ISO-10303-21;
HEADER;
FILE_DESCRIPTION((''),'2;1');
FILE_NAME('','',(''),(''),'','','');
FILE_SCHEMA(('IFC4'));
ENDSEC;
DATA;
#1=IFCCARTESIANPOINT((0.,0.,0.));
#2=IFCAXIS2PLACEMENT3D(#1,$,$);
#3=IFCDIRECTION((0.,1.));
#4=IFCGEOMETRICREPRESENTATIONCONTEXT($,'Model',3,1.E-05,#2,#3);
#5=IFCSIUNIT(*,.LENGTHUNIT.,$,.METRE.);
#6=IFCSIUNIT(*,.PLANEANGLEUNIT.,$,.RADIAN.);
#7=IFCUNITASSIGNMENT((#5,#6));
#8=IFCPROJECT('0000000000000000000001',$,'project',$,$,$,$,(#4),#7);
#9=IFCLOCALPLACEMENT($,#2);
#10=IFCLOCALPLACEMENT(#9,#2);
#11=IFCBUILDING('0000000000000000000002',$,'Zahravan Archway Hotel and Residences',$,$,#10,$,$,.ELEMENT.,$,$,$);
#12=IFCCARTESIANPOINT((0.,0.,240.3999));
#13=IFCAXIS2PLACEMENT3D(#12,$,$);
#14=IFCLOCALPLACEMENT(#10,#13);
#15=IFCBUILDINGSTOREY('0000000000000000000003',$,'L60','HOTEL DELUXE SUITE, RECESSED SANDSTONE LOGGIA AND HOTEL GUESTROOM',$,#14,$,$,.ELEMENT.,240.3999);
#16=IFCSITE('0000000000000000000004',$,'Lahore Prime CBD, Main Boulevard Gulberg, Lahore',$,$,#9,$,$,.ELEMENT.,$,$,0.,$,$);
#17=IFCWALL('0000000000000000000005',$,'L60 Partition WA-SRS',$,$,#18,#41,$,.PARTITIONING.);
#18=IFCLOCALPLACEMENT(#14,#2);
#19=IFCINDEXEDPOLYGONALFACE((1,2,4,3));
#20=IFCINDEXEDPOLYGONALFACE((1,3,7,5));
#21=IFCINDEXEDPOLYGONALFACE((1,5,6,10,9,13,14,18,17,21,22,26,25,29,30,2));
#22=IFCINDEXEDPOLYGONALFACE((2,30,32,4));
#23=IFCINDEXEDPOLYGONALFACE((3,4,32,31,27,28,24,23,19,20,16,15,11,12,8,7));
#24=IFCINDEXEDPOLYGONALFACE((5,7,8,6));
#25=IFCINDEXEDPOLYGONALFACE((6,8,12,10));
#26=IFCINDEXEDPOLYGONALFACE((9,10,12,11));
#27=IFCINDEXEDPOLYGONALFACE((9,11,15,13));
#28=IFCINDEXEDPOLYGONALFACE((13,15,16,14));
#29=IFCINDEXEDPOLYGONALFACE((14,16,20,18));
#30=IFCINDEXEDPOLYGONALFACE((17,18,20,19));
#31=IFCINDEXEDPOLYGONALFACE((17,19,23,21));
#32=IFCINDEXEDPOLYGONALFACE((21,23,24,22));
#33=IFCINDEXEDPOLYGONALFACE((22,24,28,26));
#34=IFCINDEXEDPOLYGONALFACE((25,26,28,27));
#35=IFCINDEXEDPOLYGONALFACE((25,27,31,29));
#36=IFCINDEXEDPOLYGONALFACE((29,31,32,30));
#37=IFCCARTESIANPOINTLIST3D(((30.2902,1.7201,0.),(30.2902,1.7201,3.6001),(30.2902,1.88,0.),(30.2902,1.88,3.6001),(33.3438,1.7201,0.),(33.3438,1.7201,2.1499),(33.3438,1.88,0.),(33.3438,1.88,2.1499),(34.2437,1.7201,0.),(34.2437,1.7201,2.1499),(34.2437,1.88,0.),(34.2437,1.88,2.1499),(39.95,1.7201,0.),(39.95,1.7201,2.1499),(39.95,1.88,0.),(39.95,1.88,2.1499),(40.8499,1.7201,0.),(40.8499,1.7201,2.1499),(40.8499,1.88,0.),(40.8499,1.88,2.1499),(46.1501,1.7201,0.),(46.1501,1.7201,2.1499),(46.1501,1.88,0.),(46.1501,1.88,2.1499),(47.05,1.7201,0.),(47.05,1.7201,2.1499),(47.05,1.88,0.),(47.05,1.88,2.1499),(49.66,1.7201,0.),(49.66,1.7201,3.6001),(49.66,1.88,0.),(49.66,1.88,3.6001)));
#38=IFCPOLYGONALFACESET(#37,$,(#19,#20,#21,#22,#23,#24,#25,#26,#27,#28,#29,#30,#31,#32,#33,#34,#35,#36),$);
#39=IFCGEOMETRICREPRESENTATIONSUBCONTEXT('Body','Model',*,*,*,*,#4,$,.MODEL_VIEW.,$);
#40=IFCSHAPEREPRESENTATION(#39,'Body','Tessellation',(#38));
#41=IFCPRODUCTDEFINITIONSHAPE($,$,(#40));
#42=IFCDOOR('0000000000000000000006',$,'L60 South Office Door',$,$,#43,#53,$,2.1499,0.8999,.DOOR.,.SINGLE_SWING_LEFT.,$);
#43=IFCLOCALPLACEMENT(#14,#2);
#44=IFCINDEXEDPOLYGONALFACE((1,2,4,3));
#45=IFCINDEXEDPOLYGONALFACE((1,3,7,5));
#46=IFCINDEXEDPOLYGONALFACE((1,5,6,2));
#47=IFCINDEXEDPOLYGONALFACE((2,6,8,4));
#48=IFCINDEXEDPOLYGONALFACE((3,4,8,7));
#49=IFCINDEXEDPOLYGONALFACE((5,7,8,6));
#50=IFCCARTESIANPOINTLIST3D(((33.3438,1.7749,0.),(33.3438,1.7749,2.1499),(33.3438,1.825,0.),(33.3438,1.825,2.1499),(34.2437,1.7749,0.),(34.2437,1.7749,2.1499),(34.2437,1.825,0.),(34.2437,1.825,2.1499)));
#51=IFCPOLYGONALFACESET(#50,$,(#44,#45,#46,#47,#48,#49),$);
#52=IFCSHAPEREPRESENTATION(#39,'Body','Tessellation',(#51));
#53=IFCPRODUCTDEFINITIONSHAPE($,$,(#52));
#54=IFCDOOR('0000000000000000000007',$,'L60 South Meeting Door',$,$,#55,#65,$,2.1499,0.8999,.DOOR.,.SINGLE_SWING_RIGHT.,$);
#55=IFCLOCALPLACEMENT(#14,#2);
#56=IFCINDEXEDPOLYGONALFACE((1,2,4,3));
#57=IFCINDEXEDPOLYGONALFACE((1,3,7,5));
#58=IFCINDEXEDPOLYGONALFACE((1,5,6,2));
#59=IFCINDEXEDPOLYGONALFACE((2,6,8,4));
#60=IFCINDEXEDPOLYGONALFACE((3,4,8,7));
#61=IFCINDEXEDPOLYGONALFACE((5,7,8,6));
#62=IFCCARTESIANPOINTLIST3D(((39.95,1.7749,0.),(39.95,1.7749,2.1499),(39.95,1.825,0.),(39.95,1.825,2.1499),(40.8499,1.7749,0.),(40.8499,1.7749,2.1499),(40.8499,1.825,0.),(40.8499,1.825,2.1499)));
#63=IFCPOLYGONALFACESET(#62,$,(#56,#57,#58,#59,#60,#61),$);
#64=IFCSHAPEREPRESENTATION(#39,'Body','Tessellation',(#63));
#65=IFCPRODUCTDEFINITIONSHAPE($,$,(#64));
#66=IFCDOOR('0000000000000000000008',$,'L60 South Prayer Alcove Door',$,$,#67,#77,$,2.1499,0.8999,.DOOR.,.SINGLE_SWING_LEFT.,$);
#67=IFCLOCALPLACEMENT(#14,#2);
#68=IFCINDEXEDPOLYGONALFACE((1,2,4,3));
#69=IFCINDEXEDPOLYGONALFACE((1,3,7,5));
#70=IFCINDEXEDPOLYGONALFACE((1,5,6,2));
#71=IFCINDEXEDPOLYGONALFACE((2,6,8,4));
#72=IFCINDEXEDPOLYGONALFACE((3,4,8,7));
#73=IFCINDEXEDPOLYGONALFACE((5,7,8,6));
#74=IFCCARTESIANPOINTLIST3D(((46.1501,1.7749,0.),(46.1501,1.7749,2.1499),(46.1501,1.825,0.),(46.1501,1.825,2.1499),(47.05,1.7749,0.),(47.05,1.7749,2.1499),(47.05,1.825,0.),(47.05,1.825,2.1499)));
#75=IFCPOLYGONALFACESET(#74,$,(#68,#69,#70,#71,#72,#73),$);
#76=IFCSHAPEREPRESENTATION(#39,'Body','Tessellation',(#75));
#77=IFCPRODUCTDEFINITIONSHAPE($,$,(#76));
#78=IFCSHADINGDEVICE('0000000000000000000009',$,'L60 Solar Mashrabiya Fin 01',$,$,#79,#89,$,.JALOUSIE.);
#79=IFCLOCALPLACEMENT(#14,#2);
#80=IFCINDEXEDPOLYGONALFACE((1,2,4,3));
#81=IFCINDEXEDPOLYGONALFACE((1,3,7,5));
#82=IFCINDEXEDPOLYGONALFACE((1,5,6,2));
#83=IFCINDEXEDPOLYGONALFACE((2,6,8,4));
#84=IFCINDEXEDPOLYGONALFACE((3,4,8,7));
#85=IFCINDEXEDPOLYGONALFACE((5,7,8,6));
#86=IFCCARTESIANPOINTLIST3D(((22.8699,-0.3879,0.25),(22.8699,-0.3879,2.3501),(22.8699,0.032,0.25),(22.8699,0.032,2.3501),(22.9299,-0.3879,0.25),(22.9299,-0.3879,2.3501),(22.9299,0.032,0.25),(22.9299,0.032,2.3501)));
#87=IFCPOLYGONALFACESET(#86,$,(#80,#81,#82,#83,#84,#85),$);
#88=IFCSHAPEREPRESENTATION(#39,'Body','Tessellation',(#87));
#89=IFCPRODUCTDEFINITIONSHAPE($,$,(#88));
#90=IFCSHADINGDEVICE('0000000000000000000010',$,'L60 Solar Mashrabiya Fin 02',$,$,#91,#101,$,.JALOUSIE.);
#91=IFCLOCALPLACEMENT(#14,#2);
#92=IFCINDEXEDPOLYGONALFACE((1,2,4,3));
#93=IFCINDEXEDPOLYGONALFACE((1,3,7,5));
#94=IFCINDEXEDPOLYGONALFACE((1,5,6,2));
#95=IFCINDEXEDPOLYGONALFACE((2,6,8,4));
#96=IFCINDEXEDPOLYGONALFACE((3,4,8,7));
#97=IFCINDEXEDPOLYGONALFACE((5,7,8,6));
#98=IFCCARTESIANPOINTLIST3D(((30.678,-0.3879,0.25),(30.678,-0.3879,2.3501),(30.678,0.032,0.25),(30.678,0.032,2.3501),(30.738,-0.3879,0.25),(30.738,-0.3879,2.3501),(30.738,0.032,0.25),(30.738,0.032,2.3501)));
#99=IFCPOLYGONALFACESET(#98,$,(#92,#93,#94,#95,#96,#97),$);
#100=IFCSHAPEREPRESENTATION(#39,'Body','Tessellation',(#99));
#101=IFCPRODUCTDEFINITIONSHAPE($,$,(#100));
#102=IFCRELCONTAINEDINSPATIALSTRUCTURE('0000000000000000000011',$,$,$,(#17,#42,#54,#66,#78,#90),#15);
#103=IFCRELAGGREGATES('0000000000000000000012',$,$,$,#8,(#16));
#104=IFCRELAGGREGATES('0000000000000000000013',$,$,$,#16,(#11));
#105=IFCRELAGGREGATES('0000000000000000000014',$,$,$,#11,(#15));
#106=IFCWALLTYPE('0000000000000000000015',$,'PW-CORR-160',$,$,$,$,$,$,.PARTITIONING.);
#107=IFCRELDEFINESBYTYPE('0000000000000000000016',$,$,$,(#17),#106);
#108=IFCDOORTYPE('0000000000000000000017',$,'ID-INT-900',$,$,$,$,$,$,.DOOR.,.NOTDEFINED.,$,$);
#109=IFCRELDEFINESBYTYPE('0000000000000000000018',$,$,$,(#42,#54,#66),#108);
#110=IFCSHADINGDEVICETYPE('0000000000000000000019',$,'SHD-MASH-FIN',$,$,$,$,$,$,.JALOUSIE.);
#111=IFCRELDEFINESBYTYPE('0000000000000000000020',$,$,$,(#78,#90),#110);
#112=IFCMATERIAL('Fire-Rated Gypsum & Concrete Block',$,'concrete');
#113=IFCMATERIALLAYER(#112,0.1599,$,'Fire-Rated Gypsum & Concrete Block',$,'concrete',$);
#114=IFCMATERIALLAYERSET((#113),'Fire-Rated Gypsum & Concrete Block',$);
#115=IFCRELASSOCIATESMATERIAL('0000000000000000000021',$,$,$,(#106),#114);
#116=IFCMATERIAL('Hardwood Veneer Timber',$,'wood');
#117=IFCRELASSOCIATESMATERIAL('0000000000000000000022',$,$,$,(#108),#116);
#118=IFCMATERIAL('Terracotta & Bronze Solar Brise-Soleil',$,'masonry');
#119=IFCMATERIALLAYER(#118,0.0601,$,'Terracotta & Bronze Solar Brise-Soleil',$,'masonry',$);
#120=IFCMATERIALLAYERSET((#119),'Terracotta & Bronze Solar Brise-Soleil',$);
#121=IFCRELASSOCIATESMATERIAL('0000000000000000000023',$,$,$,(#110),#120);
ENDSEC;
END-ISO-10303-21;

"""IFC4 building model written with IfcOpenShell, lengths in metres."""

from ifc_helpers import new_model, si_unit, direction, frame, frame_2d, origin, origin_2d, place, context, subcontext, project, spatial, rectangle, extrude, source, transform, mapped, material, layer, layer_set, type_object, type_shapes, element, fill, save


model = new_model("IFC4")

# Units and contexts
model_context = context("Model", 3, precision=1e-05, world=origin(), true_north=direction((0.0, 1.0)))
body_context = subcontext(model_context, "Body", "Model", "MODEL_VIEW")
ifc_project = project(units=[si_unit("LENGTHUNIT", "METRE"), si_unit("PLANEANGLEUNIT", "RADIAN")], contexts=[model_context])

# Site, building, storey
site_placement = place(None, origin())
site = spatial("IfcSite", under=ifc_project, at=site_placement, Name="Lahore Prime CBD, Main Boulevard Gulberg, Lahore", CompositionType="ELEMENT", RefElevation=0.0)
building_placement = place(site_placement, origin())
building = spatial("IfcBuilding", under=site, at=building_placement, Name="Zahravan Archway Hotel and Residences", CompositionType="ELEMENT")
storey_placement = place(building_placement, frame((0.0, 0.0, 240.3999)))
storey = spatial("IfcBuildingStorey", under=building, at=storey_placement, Name="L60", Description="HOTEL DELUXE SUITE, RECESSED SANDSTONE LOGGIA AND HOTEL GUESTROOM", CompositionType="ELEMENT", Elevation=240.3999)

# Shared definitions
ifc_material_1 = material(Name="Fire-Rated Gypsum & Concrete Block", Category="concrete")

# Shared definitions
ifc_layer_1 = layer(ifc_material_1, 0.1599, Name="Fire-Rated Gypsum & Concrete Block", Category="concrete")
ifc_layer_set_1 = layer_set([ifc_layer_1], Name="Fire-Rated Gypsum & Concrete Block")
wall_type_1 = type_object("IfcWallType", Name="PW-CORR-160", PredefinedType="PARTITIONING", material=ifc_layer_set_1)

# Wall, openings, doors
wall_1_placement = place(storey_placement, frame((30.29, 1.8, 0.0), z_axis=(0.0, 0.0, 1.0), x_axis=(1.0, 0.0, 0.0)))
wall_1 = element("IfcWall", 1, at=wall_1_placement, inside=storey, type_object=wall_type_1, Name="L60 Partition WA-SRS", PredefinedType="PARTITIONING", context=body_context, shape_type="SweptSolid", body=[
    extrude(rectangle(XDim=19.3699, YDim=0.1599, at=frame_2d((9.6851, 0.0))), origin(), (0.0, 0.0, 1.0), 3.6001),
])
opening_1_placement = place(wall_1_placement, frame((3.0537, 0.0, 0.0)))
opening_1 = element("IfcOpeningElement", 2, at=opening_1_placement, cuts=wall_1, PredefinedType="OPENING", context=body_context, shape_type="SweptSolid", body=[
    extrude(rectangle(XDim=0.8999, YDim=2.1499, at=frame_2d((0.45, 1.075))), frame((0.0, 0.0898, 0.0), z_axis=(0.0, -1.0, 0.0), x_axis=(1.0, 0.0, 0.0)), (0.0, 0.0, 1.0), 0.1799),
])
opening_2_placement = place(wall_1_placement, frame((9.6599, 0.0, 0.0)))
opening_2 = element("IfcOpeningElement", 3, at=opening_2_placement, cuts=wall_1, PredefinedType="OPENING", context=body_context, shape_type="SweptSolid", body=[
    extrude(rectangle(XDim=0.8999, YDim=2.1499, at=frame_2d((0.45, 1.075))), frame((0.0, 0.0898, 0.0), z_axis=(0.0, -1.0, 0.0), x_axis=(1.0, 0.0, 0.0)), (0.0, 0.0, 1.0), 0.1799),
])
opening_3_placement = place(wall_1_placement, frame((15.8601, 0.0, 0.0)))
opening_3 = element("IfcOpeningElement", 4, at=opening_3_placement, cuts=wall_1, PredefinedType="OPENING", context=body_context, shape_type="SweptSolid", body=[
    extrude(rectangle(XDim=0.8999, YDim=2.1499, at=frame_2d((0.45, 1.075))), frame((0.0, 0.0898, 0.0), z_axis=(0.0, -1.0, 0.0), x_axis=(1.0, 0.0, 0.0)), (0.0, 0.0, 1.0), 0.1799),
])
ifc_material_2 = material(Name="Hardwood Veneer Timber", Category="wood")
door_type_1 = type_object("IfcDoorType", Name="ID-INT-900", OperationType="NOTDEFINED", PredefinedType="DOOR", material=ifc_material_2)
shared_shape_1 = source(origin(), body_context, "Body", "SweptSolid", [
    extrude(rectangle(XDim=0.8999, YDim=2.1499, at=frame_2d((0.45, 1.075))), frame((0.0, 0.0249, 0.0), z_axis=(0.0, -1.0, 0.0), x_axis=(1.0, 0.0, 0.0)), (0.0, 0.0, 1.0), 0.05),
])
type_shapes(door_type_1, [shared_shape_1])
door_1_placement = place(opening_1_placement, origin())
door_1 = element("IfcDoor", 5, at=door_1_placement, inside=storey, type_object=door_type_1, Name="L60 South Office Door", OperationType="SINGLE_SWING_LEFT", OverallHeight=2.1499, OverallWidth=0.8999, PredefinedType="DOOR", context=body_context, shape_type="MappedRepresentation", body=[
    mapped(shared_shape_1, transform((0.0, 0.0, 0.0), scale=1.0)),
])
fill(opening_1, door_1)
door_2_placement = place(opening_2_placement, origin())
door_2 = element("IfcDoor", 6, at=door_2_placement, inside=storey, type_object=door_type_1, Name="L60 South Meeting Door", OperationType="SINGLE_SWING_RIGHT", OverallHeight=2.1499, OverallWidth=0.8999, PredefinedType="DOOR", context=body_context, shape_type="MappedRepresentation", body=[
    mapped(shared_shape_1, transform((0.0, 0.0, 0.0), scale=1.0)),
])
fill(opening_2, door_2)
door_3_placement = place(opening_3_placement, origin())
door_3 = element("IfcDoor", 7, at=door_3_placement, inside=storey, type_object=door_type_1, Name="L60 South Prayer Alcove Door", OperationType="SINGLE_SWING_LEFT", OverallHeight=2.1499, OverallWidth=0.8999, PredefinedType="DOOR", context=body_context, shape_type="MappedRepresentation", body=[
    mapped(shared_shape_1, transform((0.0, 0.0, 0.0), scale=1.0)),
])
fill(opening_3, door_3)

# Shading devices
ifc_material_3 = material(Name="Terracotta & Bronze Solar Brise-Soleil", Category="masonry")
ifc_layer_2 = layer(ifc_material_3, 0.0601, Name="Terracotta & Bronze Solar Brise-Soleil", Category="masonry")
ifc_layer_set_2 = layer_set([ifc_layer_2], Name="Terracotta & Bronze Solar Brise-Soleil")
shading_device_type = type_object("IfcShadingDeviceType", Name="SHD-MASH-FIN", PredefinedType="JALOUSIE", material=ifc_layer_set_2)
shared_shape_2 = source(origin(), body_context, "Body", "SweptSolid", [
    extrude(rectangle(XDim=0.0601, YDim=0.4199, at=origin_2d()), origin(), (0.0, 0.0, 1.0), 2.1001),
])
type_shapes(shading_device_type, [shared_shape_2])
for number, where, z_axis, x_axis, name in (
    (8, (22.8999, -0.178, 0.25), (0.0, 0.0, 1.0), (1.0, 0.0, 0.0), "L60 Solar Mashrabiya Fin 01"),
    (9, (30.708, -0.178, 0.25), (0.0, 0.0, 1.0), (1.0, 0.0, 0.0), "L60 Solar Mashrabiya Fin 02"),
):
    element("IfcShadingDevice", number, at=place(storey_placement, frame(where, z_axis=z_axis, x_axis=x_axis)), inside=storey, type_object=shading_device_type, Name=name, PredefinedType="JALOUSIE", context=body_context, shape_type="MappedRepresentation", body=[
        mapped(shared_shape_2, transform((0.0, 0.0, 0.0), scale=1.0)),
    ])

save(model, "model.ifc")
